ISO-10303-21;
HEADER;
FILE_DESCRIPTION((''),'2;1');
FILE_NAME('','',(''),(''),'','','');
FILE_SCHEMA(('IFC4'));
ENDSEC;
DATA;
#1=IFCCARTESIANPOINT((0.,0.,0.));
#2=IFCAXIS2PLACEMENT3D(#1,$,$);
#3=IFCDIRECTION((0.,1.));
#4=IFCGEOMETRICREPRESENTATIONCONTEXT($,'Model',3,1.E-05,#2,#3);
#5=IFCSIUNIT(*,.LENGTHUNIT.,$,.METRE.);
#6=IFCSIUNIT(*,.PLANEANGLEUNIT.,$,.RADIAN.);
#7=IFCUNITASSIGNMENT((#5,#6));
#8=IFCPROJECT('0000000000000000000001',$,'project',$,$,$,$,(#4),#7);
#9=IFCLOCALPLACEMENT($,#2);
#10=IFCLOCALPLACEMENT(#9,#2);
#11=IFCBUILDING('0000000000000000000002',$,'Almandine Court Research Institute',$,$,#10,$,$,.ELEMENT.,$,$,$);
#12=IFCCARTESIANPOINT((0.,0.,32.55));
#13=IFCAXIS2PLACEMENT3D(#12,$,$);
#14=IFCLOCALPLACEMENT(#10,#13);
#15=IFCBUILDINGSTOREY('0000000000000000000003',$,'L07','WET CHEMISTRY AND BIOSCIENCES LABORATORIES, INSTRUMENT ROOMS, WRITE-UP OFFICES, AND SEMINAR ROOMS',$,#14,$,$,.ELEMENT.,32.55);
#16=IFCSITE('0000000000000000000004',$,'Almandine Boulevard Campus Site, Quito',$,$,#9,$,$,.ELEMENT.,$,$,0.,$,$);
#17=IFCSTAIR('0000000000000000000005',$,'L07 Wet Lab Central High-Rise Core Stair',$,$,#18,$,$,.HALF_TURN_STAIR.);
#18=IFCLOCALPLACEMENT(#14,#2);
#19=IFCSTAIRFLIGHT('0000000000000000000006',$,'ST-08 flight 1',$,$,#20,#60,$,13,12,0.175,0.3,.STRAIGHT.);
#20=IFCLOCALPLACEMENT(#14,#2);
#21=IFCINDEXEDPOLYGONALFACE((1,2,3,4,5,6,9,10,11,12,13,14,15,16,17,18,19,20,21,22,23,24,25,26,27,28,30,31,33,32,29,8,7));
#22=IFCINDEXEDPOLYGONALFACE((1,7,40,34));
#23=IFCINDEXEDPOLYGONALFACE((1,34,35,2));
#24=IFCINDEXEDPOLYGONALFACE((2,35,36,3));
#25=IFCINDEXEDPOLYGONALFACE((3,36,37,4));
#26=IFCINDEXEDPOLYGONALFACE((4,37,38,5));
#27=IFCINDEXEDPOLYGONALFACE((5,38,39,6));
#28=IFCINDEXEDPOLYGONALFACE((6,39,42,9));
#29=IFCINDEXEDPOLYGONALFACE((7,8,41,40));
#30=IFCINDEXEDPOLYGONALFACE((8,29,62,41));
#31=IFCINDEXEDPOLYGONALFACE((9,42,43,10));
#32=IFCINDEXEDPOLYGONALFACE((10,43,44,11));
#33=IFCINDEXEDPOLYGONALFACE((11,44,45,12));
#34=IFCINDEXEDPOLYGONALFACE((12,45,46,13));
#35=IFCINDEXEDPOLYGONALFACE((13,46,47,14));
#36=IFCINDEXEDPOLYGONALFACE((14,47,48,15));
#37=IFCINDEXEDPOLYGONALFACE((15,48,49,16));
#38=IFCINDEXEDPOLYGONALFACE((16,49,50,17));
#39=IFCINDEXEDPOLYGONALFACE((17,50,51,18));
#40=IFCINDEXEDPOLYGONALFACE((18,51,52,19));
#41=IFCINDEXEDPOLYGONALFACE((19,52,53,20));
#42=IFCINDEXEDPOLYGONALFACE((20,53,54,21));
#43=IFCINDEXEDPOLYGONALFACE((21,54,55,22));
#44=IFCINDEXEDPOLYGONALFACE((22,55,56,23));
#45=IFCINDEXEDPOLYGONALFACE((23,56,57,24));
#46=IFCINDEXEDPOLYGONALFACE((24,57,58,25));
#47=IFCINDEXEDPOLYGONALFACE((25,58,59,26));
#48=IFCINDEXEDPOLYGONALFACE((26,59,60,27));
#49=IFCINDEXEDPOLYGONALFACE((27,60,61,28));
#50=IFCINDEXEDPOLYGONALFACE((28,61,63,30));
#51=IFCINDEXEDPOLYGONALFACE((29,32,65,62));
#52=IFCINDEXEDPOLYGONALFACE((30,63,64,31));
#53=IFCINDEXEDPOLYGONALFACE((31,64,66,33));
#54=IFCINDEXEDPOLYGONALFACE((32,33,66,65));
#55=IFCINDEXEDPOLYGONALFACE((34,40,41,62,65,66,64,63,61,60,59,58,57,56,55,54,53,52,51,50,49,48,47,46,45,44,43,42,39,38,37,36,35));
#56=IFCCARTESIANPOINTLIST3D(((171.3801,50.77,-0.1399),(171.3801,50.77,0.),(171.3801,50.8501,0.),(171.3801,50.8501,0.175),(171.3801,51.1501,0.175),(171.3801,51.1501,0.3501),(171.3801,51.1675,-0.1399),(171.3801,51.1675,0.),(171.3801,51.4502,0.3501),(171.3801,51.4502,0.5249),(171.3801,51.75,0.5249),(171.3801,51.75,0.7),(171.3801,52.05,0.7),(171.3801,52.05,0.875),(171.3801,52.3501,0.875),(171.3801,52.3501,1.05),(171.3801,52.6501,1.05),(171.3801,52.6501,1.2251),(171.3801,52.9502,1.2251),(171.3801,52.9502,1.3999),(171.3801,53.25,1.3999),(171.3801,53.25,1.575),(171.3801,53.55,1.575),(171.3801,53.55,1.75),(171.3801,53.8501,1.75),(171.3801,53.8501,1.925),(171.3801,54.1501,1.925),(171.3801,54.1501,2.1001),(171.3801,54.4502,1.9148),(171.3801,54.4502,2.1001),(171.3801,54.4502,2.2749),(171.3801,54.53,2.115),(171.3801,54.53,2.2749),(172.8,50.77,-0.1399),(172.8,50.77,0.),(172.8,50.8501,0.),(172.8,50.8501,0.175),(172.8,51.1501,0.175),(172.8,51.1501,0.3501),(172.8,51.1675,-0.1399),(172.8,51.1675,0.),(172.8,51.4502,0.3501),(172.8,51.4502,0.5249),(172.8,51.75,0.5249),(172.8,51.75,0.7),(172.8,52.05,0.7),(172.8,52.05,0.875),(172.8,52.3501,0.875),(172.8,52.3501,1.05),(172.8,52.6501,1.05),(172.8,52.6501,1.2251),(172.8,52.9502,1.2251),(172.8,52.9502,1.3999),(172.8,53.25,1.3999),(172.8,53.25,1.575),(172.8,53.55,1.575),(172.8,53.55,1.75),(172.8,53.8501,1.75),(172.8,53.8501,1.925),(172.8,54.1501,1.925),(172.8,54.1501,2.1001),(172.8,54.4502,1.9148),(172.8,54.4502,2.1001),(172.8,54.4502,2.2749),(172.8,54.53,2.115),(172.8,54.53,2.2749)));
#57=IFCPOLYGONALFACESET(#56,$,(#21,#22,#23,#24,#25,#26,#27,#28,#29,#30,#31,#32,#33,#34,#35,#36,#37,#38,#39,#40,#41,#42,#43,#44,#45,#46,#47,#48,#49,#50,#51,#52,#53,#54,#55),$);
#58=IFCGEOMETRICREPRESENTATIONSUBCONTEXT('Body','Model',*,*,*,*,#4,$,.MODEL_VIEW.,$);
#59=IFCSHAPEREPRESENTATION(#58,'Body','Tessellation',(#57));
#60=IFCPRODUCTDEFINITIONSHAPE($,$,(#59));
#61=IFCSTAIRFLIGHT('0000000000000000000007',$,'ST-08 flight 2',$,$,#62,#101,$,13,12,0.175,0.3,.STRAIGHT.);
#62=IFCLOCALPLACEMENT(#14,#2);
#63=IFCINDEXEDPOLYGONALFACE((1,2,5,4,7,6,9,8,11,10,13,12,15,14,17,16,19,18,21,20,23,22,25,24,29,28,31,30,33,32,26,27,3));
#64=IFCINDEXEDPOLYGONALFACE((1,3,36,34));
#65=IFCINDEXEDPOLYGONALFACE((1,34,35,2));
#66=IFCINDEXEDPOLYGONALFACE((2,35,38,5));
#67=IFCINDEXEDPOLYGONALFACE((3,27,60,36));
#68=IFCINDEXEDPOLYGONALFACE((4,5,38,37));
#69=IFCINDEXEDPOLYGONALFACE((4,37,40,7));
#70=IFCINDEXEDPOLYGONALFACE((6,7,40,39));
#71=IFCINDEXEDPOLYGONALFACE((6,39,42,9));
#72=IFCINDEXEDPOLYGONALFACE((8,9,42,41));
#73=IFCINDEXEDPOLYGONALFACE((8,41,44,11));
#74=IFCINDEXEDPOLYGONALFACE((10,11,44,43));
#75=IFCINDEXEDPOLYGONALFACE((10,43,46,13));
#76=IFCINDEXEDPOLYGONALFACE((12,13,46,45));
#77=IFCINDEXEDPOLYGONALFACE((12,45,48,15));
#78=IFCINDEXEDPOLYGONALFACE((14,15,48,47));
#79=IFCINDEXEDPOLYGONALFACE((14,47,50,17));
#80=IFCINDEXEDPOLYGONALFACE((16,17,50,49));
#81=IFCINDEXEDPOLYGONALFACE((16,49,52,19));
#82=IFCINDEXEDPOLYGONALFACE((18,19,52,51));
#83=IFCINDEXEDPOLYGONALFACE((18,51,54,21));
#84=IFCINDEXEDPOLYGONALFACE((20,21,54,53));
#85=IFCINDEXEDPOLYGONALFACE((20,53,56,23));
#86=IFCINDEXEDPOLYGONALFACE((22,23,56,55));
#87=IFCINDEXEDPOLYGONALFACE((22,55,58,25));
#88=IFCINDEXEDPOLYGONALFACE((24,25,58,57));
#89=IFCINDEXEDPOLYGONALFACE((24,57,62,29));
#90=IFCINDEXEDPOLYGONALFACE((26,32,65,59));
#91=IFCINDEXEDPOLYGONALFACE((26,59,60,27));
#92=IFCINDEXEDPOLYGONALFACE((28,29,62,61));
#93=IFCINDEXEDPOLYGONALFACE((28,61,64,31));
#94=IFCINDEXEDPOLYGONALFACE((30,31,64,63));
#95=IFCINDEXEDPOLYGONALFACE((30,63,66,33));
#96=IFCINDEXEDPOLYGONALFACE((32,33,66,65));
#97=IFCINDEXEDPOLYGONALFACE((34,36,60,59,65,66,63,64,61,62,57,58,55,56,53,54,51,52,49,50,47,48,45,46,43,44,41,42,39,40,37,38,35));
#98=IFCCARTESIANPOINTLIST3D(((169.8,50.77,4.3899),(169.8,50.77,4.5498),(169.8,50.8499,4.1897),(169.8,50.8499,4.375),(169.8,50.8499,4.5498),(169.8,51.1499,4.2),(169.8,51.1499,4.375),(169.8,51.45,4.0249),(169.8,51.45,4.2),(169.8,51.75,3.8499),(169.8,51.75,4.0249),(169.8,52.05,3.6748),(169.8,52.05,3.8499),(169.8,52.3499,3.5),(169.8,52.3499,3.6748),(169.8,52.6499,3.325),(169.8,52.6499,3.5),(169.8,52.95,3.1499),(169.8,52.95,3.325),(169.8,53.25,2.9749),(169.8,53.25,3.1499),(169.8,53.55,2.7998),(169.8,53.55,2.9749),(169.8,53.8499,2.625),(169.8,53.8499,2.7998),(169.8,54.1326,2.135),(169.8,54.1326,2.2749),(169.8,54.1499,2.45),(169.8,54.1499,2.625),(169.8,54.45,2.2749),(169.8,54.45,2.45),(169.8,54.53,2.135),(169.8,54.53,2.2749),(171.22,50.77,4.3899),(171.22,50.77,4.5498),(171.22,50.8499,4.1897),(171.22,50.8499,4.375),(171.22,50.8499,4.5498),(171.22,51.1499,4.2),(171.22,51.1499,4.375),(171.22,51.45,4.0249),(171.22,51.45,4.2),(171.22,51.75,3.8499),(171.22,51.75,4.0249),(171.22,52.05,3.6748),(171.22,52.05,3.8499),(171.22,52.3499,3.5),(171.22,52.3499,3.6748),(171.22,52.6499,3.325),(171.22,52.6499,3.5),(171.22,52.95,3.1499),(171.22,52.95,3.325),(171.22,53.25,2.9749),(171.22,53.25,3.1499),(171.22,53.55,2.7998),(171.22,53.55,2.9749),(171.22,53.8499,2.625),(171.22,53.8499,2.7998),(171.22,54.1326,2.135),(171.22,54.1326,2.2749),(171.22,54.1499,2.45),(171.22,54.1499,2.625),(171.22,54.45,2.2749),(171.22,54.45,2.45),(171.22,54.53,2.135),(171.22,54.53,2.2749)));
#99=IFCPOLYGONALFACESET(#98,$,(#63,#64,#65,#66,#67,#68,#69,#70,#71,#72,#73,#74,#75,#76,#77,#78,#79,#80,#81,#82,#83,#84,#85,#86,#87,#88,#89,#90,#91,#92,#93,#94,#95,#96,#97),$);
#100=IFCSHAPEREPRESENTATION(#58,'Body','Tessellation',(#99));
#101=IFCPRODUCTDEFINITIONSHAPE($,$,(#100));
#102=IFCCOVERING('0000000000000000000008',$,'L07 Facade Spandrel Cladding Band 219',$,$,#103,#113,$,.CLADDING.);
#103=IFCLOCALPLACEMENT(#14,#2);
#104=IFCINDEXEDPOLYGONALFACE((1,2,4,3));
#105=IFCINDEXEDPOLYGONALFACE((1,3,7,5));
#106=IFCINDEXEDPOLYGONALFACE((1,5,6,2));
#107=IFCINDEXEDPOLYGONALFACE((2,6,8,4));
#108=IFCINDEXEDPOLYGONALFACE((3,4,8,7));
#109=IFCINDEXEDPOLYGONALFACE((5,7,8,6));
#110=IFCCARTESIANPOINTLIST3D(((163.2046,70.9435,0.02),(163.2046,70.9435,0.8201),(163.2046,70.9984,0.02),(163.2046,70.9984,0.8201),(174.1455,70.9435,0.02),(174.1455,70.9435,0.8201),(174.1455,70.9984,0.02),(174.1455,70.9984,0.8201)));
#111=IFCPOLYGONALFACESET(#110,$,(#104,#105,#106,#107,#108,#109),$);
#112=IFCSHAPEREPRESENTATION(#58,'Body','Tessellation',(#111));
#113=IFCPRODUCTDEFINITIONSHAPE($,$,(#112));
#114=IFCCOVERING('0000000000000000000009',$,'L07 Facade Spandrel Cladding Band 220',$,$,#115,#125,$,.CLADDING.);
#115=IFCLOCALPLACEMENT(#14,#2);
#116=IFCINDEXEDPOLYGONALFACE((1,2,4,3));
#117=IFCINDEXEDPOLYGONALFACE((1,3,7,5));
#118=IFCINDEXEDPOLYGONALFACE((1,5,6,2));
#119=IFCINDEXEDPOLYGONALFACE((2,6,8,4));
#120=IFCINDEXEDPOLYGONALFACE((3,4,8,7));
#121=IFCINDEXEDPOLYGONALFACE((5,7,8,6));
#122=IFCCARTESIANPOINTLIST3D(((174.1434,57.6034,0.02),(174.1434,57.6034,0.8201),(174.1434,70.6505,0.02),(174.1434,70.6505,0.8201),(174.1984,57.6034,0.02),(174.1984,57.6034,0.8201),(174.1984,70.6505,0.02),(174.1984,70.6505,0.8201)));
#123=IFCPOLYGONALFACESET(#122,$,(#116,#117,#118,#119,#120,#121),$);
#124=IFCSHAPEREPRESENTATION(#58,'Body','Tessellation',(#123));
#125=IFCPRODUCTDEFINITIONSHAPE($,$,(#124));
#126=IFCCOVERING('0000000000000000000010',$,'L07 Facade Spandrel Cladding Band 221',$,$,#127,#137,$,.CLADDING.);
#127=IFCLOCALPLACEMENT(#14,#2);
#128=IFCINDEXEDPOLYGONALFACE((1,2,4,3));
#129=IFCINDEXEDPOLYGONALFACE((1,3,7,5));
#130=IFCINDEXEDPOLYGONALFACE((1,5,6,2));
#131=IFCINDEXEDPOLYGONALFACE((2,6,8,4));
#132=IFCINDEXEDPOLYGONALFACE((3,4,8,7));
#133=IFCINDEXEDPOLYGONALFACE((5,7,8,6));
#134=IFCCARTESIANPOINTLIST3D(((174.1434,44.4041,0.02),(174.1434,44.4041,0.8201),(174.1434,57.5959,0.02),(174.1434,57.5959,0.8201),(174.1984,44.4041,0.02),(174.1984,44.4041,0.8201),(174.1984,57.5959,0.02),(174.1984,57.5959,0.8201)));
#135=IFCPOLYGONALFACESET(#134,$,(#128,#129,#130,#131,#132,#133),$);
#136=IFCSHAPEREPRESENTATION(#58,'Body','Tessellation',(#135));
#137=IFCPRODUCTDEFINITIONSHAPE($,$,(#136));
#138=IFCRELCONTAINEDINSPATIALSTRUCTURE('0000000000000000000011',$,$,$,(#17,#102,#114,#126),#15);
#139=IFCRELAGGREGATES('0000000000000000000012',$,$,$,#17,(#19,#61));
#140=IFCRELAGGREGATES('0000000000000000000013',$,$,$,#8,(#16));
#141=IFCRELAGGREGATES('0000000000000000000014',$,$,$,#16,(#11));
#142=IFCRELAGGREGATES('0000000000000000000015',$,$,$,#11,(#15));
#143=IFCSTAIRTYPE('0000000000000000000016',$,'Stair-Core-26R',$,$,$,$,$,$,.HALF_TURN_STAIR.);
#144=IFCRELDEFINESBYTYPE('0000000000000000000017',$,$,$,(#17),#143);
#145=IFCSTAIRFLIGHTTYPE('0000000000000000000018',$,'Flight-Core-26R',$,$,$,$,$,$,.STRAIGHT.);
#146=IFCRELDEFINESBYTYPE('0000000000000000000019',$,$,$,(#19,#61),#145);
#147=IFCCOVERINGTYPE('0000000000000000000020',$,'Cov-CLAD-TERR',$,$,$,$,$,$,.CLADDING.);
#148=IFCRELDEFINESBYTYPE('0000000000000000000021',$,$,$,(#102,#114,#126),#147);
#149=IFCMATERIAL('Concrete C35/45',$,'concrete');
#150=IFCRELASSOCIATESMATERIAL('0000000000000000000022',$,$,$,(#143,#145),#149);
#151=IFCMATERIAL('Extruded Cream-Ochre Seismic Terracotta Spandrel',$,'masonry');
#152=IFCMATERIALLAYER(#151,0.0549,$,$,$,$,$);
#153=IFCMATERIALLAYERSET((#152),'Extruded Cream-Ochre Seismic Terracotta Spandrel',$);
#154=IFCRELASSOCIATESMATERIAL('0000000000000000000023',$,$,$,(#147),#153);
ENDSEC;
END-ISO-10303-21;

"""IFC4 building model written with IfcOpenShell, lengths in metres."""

from ifc_helpers import new_model, si_unit, direction, frame, origin, origin_2d, place, context, subcontext, project, spatial, polyline, rectangle, outline, extrude, material, layer, layer_set, type_object, element, aggregate, save


model = new_model("IFC4")

# Units and contexts
model_context = context("Model", 3, precision=1e-05, world=origin(), true_north=direction((0.0, 1.0)))
body_context = subcontext(model_context, "Body", "Model", "MODEL_VIEW")
ifc_project = project(units=[si_unit("LENGTHUNIT", "METRE"), si_unit("PLANEANGLEUNIT", "RADIAN")], contexts=[model_context])

# Site, building, storey
site_placement = place(None, origin())
site = spatial("IfcSite", under=ifc_project, at=site_placement, Name="Almandine Boulevard Campus Site, Quito", CompositionType="ELEMENT", RefElevation=0.0)
building_placement = place(site_placement, origin())
building = spatial("IfcBuilding", under=site, at=building_placement, Name="Almandine Court Research Institute", CompositionType="ELEMENT")
storey_placement = place(building_placement, frame((0.0, 0.0, 32.55)))
storey = spatial("IfcBuildingStorey", under=building, at=storey_placement, Name="L07", Description="WET CHEMISTRY AND BIOSCIENCES LABORATORIES, INSTRUMENT ROOMS, WRITE-UP OFFICES, AND SEMINAR ROOMS", CompositionType="ELEMENT", Elevation=32.55)

# Stair, stair flights
ifc_material_1 = material(Name="Concrete C35/45", Category="concrete")
stair_type = type_object("IfcStairType", Name="Stair-Core-26R", PredefinedType="HALF_TURN_STAIR", material=ifc_material_1)
stair_placement = place(storey_placement, origin())
stair = element("IfcStair", 1, at=stair_placement, inside=storey, type_object=stair_type, Name="L07 Wet Lab Central High-Rise Core Stair", PredefinedType="HALF_TURN_STAIR")
stair_flight_type = type_object("IfcStairFlightType", Name="Flight-Core-26R", PredefinedType="STRAIGHT", material=ifc_material_1)
stair_flight_1_placement = place(storey_placement, frame((172.0901, 50.8501, 0.0), z_axis=(0.0, 0.0, 1.0), x_axis=(0.0, 1.0, 0.0)))
stair_flight_1 = element("IfcStairFlight", 2, at=stair_flight_1_placement, type_object=stair_flight_type, Name="ST-08 flight 1", NumberOfRisers=13, NumberOfTreads=12, PredefinedType="STRAIGHT", RiserHeight=0.175, TreadLength=0.3, context=body_context, shape_type="SweptSolid", body=[
    extrude(outline(polyline([(-0.0801, -0.1399), (-0.0801, 0.0), (0.0, 0.0), (0.0, 0.175), (0.3, 0.175), (0.3, 0.3501), (0.6001, 0.3501), (0.6001, 0.5249), (0.8999, 0.5249), (0.8999, 0.7), (1.2, 0.7), (1.2, 0.875), (1.5, 0.875), (1.5, 1.05), (1.8, 1.05), (1.8, 1.2251), (2.1001, 1.2251), (2.1001, 1.3999), (2.3999, 1.3999), (2.3999, 1.575), (2.7, 1.575), (2.7, 1.75), (3.0, 1.75), (3.0, 1.925), (3.3, 1.925), (3.3, 2.1001), (3.6001, 2.1001), (3.6001, 2.2749), (3.6799, 2.2749), (3.6799, 2.115), (3.6001, 1.9148), (0.3174, 0.0), (0.3174, -0.1399), (-0.0801, -0.1399)])), frame((0.0, 0.71, 0.0), z_axis=(0.0, -1.0, 0.0), x_axis=(1.0, 0.0, 0.0)), (0.0, 0.0, 1.0), 1.4199),
])
stair_flight_2_placement = place(storey_placement, frame((170.51, 54.45, 2.2749), z_axis=(0.0, 0.0, 1.0), x_axis=(0.0, -1.0, 0.0)))
stair_flight_2 = element("IfcStairFlight", 3, at=stair_flight_2_placement, type_object=stair_flight_type, Name="ST-08 flight 2", NumberOfRisers=13, NumberOfTreads=12, PredefinedType="STRAIGHT", RiserHeight=0.175, TreadLength=0.3, context=body_context, shape_type="SweptSolid", body=[
    extrude(outline(polyline([(-0.0801, -0.1399), (-0.0801, 0.0), (0.0, 0.0), (0.0, 0.175), (0.3, 0.175), (0.3, 0.3501), (0.6001, 0.3501), (0.6001, 0.5249), (0.8999, 0.5249), (0.8999, 0.7), (1.2, 0.7), (1.2, 0.875), (1.5, 0.875), (1.5, 1.05), (1.8, 1.05), (1.8, 1.2251), (2.1001, 1.2251), (2.1001, 1.3999), (2.3999, 1.3999), (2.3999, 1.575), (2.7, 1.575), (2.7, 1.75), (3.0, 1.75), (3.0, 1.925), (3.3, 1.925), (3.3, 2.1001), (3.6001, 2.1001), (3.6001, 2.2749), (3.6799, 2.2749), (3.6799, 2.115), (3.6001, 1.9148), (0.3174, 0.0), (0.3174, -0.1399), (-0.0801, -0.1399)])), frame((0.0, 0.71, 0.0), z_axis=(0.0, -1.0, 0.0), x_axis=(1.0, 0.0, 0.0)), (0.0, 0.0, 1.0), 1.4199),
])
aggregate(stair, [stair_flight_1, stair_flight_2])

# Coverings
ifc_material_2 = material(Name="Extruded Cream-Ochre Seismic Terracotta Spandrel", Category="masonry")
ifc_layer_1 = layer(ifc_material_2, 0.0549)
ifc_layer_set_1 = layer_set([ifc_layer_1], Name="Extruded Cream-Ochre Seismic Terracotta Spandrel")
covering_type = type_object("IfcCoveringType", Name="Cov-CLAD-TERR", PredefinedType="CLADDING", material=ifc_layer_set_1)
covering_1_placement = place(storey_placement, frame((168.675, 70.9709, 0.02), z_axis=(0.0, 0.0, 1.0), x_axis=(1.0, 0.0, 0.0)))
element("IfcCovering", 4, at=covering_1_placement, inside=storey, type_object=covering_type, Name="L07 Facade Spandrel Cladding Band 219", PredefinedType="CLADDING", context=body_context, shape_type="SweptSolid", body=[
    extrude(rectangle(XDim=10.9409, YDim=0.0549, at=origin_2d()), origin(), (0.0, 0.0, 1.0), 0.8),
])
covering_2_placement = place(storey_placement, frame((174.1709, 64.127, 0.02), z_axis=(0.0, 0.0, 1.0), x_axis=(0.0, -1.0, 0.0)))
element("IfcCovering", 5, at=covering_2_placement, inside=storey, type_object=covering_type, Name="L07 Facade Spandrel Cladding Band 220", PredefinedType="CLADDING", context=body_context, shape_type="SweptSolid", body=[
    extrude(rectangle(XDim=13.0471, YDim=0.0549, at=origin_2d()), origin(), (0.0, 0.0, 1.0), 0.8),
])
covering_3_placement = place(storey_placement, frame((174.1709, 51.0, 0.02), z_axis=(0.0, 0.0, 1.0), x_axis=(0.0, -1.0, 0.0)))
element("IfcCovering", 6, at=covering_3_placement, inside=storey, type_object=covering_type, Name="L07 Facade Spandrel Cladding Band 221", PredefinedType="CLADDING", context=body_context, shape_type="SweptSolid", body=[
    extrude(rectangle(XDim=13.1919, YDim=0.0549, at=origin_2d()), origin(), (0.0, 0.0, 1.0), 0.8),
])

save(model, "model.ifc")
